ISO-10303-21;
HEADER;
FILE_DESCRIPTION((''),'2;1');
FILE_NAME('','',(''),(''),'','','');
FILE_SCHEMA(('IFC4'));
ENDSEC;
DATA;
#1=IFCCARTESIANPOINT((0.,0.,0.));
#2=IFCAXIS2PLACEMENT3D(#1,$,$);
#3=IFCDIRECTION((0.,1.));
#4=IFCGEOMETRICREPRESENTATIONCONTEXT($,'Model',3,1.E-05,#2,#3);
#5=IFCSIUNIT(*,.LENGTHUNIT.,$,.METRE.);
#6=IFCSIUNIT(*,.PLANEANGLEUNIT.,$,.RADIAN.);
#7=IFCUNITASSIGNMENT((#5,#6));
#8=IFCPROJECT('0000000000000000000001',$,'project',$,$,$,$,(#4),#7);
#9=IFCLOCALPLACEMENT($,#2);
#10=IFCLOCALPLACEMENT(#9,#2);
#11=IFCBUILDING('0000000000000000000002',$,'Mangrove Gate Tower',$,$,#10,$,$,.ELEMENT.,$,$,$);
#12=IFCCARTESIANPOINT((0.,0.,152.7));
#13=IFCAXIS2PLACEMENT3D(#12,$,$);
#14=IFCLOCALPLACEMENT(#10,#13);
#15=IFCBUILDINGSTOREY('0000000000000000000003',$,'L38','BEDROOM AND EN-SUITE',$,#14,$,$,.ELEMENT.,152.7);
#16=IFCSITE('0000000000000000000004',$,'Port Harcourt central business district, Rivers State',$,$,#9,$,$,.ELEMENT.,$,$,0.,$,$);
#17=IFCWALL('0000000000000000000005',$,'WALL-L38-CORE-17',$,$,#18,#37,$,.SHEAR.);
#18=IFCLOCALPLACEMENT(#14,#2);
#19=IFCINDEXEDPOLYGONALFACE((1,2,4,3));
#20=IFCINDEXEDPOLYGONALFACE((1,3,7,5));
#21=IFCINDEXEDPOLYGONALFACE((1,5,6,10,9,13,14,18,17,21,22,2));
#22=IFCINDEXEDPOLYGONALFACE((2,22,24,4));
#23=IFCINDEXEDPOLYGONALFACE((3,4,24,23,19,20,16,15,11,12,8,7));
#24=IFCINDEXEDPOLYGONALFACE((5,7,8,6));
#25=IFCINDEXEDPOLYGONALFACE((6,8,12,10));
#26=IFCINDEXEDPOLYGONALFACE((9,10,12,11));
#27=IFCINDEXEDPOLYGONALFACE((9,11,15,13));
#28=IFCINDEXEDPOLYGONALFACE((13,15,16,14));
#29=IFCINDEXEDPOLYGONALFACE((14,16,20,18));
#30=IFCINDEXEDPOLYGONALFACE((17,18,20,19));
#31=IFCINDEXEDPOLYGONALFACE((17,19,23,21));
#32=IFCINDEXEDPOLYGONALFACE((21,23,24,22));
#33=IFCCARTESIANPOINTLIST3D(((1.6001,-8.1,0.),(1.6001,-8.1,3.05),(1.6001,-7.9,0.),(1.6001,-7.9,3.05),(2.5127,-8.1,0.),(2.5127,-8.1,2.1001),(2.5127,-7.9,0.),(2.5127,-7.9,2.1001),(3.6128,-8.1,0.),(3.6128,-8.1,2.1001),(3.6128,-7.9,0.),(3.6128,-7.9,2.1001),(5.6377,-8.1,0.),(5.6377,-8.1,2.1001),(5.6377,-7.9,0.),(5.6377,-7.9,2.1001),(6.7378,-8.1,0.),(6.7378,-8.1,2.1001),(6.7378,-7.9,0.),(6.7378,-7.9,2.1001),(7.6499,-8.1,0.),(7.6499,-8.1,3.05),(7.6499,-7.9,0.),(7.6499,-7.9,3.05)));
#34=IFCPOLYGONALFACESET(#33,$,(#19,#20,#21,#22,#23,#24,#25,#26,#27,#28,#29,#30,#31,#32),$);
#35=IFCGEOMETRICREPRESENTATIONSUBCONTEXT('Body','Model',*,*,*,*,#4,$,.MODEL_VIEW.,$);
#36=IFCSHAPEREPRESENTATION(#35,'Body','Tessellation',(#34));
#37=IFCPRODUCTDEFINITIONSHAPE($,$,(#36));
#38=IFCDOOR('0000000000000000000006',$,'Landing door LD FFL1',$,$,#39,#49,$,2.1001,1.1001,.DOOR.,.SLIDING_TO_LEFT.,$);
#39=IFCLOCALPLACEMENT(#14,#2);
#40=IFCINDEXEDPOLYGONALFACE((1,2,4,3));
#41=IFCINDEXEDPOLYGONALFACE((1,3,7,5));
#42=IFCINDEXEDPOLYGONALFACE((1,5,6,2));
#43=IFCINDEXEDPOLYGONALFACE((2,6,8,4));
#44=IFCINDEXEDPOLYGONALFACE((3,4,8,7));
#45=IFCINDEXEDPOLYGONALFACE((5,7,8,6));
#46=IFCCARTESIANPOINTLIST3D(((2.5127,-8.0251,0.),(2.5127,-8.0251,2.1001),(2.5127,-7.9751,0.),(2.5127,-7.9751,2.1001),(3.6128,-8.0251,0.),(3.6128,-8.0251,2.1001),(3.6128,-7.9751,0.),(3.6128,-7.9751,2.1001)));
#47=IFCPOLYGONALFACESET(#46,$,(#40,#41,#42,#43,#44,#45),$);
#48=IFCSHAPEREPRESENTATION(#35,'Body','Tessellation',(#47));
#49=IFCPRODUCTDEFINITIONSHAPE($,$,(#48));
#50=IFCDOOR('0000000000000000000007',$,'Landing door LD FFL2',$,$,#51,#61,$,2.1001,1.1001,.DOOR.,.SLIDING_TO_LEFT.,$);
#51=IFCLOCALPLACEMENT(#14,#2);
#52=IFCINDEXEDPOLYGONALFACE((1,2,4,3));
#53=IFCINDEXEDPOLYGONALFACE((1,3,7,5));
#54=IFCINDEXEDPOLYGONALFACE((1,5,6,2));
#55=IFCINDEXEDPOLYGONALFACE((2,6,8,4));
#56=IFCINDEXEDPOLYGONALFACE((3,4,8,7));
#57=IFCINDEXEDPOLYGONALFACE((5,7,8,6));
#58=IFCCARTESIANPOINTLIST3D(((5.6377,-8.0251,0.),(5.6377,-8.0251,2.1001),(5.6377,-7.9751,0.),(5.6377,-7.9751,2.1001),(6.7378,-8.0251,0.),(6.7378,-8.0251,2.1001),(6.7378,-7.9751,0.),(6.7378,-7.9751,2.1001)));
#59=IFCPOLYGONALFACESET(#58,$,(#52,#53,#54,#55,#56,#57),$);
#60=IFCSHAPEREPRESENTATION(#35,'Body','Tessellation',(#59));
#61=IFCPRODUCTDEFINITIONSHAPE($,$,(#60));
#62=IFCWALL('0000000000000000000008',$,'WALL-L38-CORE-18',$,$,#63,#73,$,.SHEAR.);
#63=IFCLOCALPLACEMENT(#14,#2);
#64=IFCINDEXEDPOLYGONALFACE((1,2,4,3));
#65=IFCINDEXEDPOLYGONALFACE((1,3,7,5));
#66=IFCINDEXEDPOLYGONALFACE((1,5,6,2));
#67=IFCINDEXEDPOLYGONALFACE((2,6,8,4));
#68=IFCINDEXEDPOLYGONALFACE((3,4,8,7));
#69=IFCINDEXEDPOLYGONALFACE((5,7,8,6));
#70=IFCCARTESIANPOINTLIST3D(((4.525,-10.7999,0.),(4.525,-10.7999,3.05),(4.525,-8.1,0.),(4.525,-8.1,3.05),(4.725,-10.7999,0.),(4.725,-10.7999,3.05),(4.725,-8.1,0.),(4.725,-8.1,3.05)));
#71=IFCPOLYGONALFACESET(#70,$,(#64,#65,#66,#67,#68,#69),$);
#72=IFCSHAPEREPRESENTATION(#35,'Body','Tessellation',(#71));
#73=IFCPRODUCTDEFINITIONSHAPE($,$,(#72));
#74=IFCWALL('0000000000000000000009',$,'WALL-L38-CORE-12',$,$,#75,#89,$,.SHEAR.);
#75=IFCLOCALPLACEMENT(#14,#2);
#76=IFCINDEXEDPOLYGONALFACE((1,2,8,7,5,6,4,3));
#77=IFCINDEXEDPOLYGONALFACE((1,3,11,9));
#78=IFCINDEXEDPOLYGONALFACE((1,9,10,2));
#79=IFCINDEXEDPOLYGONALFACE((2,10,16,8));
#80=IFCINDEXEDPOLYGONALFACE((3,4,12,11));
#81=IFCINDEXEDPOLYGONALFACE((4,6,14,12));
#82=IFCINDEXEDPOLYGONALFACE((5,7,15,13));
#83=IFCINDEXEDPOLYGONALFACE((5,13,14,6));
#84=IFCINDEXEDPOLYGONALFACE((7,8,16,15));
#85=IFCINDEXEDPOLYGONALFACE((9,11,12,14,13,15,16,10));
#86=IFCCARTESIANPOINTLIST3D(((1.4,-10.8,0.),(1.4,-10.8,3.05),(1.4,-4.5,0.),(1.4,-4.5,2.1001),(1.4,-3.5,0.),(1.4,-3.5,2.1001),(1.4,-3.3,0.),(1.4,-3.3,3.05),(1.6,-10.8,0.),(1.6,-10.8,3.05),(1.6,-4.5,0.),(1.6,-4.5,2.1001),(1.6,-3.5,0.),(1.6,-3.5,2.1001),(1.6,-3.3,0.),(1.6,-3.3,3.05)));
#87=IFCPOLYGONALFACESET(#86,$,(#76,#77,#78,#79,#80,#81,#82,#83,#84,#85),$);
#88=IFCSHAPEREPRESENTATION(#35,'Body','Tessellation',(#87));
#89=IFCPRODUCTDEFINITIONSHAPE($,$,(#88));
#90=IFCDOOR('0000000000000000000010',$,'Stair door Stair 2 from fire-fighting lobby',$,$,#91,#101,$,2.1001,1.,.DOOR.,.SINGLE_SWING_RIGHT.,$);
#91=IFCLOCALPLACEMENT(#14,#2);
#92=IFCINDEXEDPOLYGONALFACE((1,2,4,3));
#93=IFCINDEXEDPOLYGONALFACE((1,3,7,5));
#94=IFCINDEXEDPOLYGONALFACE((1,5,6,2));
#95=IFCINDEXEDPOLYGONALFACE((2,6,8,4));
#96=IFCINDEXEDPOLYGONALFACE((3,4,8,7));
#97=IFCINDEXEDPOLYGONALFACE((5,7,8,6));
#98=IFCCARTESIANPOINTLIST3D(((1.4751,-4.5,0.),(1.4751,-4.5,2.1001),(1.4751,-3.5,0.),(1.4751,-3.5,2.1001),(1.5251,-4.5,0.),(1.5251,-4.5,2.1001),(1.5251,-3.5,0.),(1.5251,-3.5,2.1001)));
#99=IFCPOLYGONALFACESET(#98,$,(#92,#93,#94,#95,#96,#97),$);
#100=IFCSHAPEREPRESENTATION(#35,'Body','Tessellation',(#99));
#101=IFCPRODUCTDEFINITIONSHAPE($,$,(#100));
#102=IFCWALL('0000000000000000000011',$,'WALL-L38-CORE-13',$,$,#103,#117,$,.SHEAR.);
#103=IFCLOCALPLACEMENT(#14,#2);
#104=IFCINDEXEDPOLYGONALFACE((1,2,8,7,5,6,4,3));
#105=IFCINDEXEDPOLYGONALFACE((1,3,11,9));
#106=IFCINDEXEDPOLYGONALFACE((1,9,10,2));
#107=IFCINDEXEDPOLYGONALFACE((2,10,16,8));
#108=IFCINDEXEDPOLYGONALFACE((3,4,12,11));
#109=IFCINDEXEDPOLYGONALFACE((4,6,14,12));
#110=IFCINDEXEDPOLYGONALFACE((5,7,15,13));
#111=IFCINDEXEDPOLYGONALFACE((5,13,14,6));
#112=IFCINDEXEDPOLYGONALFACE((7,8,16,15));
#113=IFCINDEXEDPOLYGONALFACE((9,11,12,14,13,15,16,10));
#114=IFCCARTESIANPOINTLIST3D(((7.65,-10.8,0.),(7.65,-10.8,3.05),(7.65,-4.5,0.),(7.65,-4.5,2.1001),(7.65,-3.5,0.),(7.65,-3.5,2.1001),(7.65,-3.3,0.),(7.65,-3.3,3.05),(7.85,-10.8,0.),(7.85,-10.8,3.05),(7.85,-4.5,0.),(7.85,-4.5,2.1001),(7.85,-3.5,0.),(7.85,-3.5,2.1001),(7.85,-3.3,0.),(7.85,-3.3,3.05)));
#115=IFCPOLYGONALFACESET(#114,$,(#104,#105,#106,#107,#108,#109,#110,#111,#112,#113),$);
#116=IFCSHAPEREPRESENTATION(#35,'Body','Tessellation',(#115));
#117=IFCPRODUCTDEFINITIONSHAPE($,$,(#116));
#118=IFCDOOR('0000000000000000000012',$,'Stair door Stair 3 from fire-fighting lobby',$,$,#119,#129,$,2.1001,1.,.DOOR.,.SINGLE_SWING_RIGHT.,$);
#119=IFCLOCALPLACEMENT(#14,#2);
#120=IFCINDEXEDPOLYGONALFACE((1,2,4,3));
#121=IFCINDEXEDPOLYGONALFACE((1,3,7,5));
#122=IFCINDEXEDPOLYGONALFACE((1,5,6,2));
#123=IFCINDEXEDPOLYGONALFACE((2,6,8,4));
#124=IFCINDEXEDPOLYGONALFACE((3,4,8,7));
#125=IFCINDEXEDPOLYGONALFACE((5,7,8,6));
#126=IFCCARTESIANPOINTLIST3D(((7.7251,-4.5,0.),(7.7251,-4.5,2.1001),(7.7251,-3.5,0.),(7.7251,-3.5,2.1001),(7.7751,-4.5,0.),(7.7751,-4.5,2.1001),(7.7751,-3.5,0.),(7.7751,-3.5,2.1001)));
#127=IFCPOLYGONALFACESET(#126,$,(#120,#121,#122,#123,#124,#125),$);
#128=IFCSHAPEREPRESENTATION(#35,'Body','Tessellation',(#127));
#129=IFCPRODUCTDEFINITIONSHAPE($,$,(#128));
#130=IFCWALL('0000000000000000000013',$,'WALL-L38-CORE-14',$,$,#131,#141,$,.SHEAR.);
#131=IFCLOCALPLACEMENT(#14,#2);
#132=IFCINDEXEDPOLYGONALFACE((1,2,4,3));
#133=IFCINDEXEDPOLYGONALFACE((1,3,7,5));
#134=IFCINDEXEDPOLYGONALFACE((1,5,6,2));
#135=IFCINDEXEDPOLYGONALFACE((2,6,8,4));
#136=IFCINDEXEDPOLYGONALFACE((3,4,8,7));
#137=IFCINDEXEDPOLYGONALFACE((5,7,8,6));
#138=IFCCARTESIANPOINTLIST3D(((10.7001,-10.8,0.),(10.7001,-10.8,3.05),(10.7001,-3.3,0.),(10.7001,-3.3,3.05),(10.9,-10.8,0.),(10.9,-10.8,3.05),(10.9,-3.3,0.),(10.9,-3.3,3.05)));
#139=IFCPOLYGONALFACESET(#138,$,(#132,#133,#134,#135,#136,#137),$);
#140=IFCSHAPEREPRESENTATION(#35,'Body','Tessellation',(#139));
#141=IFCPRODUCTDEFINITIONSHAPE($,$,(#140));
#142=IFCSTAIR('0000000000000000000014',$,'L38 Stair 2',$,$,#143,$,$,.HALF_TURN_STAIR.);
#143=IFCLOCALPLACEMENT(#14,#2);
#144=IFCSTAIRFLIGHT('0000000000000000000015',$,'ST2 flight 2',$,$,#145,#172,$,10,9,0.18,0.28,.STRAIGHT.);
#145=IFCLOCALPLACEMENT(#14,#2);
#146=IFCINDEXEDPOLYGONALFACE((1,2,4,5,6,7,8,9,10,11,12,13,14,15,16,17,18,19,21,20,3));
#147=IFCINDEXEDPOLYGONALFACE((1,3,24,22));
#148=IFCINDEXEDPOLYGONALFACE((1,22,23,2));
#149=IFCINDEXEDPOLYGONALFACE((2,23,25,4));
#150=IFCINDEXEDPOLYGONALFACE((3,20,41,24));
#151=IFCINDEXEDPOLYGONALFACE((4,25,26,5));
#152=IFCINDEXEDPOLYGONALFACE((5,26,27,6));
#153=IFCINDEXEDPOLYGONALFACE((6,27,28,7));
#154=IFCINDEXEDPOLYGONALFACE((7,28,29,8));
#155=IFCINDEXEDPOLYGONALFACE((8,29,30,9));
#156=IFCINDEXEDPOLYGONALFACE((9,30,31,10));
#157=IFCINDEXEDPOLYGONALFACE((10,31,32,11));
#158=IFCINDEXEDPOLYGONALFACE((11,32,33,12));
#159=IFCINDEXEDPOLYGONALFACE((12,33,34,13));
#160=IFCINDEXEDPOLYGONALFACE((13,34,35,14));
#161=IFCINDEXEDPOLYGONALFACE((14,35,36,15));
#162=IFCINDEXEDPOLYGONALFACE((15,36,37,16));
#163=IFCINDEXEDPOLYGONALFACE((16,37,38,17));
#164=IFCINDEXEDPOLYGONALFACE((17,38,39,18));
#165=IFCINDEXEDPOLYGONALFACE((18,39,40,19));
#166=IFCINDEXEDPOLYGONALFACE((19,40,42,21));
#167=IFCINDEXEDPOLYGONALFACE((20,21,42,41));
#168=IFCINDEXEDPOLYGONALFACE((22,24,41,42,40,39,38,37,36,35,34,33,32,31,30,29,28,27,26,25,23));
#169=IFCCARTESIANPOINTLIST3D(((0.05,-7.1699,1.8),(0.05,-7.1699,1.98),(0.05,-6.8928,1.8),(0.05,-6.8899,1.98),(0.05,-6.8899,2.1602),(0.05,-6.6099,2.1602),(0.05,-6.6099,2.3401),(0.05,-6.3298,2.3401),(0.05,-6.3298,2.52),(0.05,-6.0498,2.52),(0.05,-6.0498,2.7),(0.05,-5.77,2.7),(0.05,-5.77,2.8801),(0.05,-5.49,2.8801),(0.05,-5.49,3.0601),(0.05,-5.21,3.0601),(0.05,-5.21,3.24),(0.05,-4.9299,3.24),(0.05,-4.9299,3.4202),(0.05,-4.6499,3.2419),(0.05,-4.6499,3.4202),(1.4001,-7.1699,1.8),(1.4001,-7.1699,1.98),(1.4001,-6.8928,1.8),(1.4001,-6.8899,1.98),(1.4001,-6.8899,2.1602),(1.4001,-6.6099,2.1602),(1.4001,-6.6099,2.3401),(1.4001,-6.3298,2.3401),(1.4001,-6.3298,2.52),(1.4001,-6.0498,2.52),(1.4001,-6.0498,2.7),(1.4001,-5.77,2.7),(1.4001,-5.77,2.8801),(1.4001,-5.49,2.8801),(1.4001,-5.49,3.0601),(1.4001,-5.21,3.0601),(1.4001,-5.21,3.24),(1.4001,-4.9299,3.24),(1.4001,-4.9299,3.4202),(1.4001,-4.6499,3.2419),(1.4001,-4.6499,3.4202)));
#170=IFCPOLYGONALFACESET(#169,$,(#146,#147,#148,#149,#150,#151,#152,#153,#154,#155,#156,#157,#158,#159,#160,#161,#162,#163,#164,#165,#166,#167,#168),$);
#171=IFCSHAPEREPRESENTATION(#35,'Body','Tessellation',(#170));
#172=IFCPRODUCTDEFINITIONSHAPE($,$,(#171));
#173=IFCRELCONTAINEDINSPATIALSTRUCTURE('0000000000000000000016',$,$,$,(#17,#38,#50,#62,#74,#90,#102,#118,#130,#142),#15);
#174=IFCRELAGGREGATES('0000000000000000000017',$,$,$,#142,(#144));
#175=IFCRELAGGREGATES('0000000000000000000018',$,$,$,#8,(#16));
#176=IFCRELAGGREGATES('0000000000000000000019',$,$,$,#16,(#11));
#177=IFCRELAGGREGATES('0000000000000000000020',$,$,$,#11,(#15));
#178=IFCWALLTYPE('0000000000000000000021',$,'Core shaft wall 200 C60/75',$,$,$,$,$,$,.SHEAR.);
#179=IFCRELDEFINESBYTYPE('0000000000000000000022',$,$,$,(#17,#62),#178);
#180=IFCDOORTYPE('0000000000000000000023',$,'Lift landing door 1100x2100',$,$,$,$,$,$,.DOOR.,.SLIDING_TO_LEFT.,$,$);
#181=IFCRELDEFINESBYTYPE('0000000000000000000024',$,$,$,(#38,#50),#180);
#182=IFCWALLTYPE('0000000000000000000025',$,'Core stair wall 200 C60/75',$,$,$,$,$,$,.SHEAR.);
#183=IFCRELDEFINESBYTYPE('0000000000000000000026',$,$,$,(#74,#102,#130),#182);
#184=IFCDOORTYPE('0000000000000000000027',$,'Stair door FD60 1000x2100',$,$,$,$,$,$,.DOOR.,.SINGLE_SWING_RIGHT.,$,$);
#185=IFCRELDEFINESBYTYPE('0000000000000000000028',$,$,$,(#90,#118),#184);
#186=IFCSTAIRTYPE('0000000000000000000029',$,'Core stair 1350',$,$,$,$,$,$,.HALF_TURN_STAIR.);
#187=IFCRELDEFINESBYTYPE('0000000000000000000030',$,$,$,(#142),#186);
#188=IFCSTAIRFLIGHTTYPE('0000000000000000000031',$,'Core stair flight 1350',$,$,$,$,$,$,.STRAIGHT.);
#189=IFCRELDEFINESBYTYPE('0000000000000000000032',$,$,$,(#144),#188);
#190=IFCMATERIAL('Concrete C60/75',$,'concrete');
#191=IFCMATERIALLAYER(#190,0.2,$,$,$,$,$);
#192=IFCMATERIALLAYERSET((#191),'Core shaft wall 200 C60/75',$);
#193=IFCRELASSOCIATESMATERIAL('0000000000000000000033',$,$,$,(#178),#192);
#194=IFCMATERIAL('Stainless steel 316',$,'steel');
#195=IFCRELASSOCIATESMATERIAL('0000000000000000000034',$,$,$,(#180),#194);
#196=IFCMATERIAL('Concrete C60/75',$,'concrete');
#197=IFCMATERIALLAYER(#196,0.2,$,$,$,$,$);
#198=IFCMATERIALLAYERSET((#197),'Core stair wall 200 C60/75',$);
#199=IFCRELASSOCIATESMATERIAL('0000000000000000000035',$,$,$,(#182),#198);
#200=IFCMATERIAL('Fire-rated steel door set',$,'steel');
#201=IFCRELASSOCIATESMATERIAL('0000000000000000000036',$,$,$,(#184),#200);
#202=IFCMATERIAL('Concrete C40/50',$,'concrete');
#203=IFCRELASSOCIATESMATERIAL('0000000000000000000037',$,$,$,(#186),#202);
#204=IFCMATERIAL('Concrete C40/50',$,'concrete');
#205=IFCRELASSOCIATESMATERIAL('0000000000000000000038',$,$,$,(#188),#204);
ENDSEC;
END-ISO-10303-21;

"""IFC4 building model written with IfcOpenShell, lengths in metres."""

from ifc_helpers import new_model, si_unit, direction, frame, frame_2d, origin, place, context, subcontext, project, spatial, polyline, rectangle, outline, extrude, material, layer, layer_set, type_object, element, fill, aggregate, save


model = new_model("IFC4")

# Units and contexts
model_context = context("Model", 3, precision=1e-05, world=origin(), true_north=direction((0.0, 1.0)))
body_context = subcontext(model_context, "Body", "Model", "MODEL_VIEW")
ifc_project = project(units=[si_unit("LENGTHUNIT", "METRE"), si_unit("PLANEANGLEUNIT", "RADIAN")], contexts=[model_context])

# Site, building, storey
site_placement = place(None, origin())
site = spatial("IfcSite", under=ifc_project, at=site_placement, Name="Port Harcourt central business district, Rivers State", CompositionType="ELEMENT", RefElevation=0.0)
building_placement = place(site_placement, origin())
building = spatial("IfcBuilding", under=site, at=building_placement, Name="Mangrove Gate Tower", CompositionType="ELEMENT")
storey_placement = place(building_placement, frame((0.0, 0.0, 152.7)))
storey = spatial("IfcBuildingStorey", under=building, at=storey_placement, Name="L38", Description="BEDROOM AND EN-SUITE", CompositionType="ELEMENT", Elevation=152.7)

# Wall, openings, doors
ifc_material_1 = material(Name="Concrete C60/75", Category="concrete")
ifc_layer_1 = layer(ifc_material_1, 0.2)
ifc_layer_set_1 = layer_set([ifc_layer_1], Name="Core shaft wall 200 C60/75")
wall_type_1 = type_object("IfcWallType", Name="Core shaft wall 200 C60/75", PredefinedType="SHEAR", material=ifc_layer_set_1)
wall_1_placement = place(storey_placement, frame((1.6001, -8.0, 0.0), z_axis=(0.0, 0.0, 1.0), x_axis=(1.0, 0.0, 0.0)))
wall_1 = element("IfcWall", 1, at=wall_1_placement, inside=storey, type_object=wall_type_1, Name="WALL-L38-CORE-17", PredefinedType="SHEAR", context=body_context, shape_type="SweptSolid", body=[
    extrude(rectangle(XDim=6.0498, YDim=0.2, at=frame_2d((3.0249, 0.0))), origin(), (0.0, 0.0, 1.0), 3.05),
])
opening_1_placement = place(wall_1_placement, frame((0.9126, 0.0, 0.0)))
opening_1 = element("IfcOpeningElement", 2, at=opening_1_placement, cuts=wall_1, PredefinedType="OPENING", context=body_context, shape_type="SweptSolid", body=[
    extrude(rectangle(XDim=1.1001, YDim=2.1001, at=frame_2d((0.55, 1.05))), frame((0.0, 0.1099, 0.0), z_axis=(0.0, -1.0, 0.0), x_axis=(1.0, 0.0, 0.0)), (0.0, 0.0, 1.0), 0.22),
])
opening_2_placement = place(wall_1_placement, frame((4.0376, 0.0, 0.0)))
opening_2 = element("IfcOpeningElement", 3, at=opening_2_placement, cuts=wall_1, PredefinedType="OPENING", context=body_context, shape_type="SweptSolid", body=[
    extrude(rectangle(XDim=1.1001, YDim=2.1001, at=frame_2d((0.55, 1.05))), frame((0.0, 0.1099, 0.0), z_axis=(0.0, -1.0, 0.0), x_axis=(1.0, 0.0, 0.0)), (0.0, 0.0, 1.0), 0.22),
])
ifc_material_2 = material(Name="Stainless steel 316", Category="steel")
door_type_1 = type_object("IfcDoorType", Name="Lift landing door 1100x2100", OperationType="SLIDING_TO_LEFT", PredefinedType="DOOR", material=ifc_material_2)
door_1_placement = place(opening_1_placement, origin())
door_1 = element("IfcDoor", 4, at=door_1_placement, inside=storey, type_object=door_type_1, Name="Landing door LD FFL1", OperationType="SLIDING_TO_LEFT", OverallHeight=2.1001, OverallWidth=1.1001, PredefinedType="DOOR", context=body_context, shape_type="SweptSolid", body=[
    extrude(rectangle(XDim=1.1001, YDim=2.1001, at=frame_2d((0.55, 1.05))), frame((0.0, 0.0249, 0.0), z_axis=(0.0, -1.0, 0.0), x_axis=(1.0, 0.0, 0.0)), (0.0, 0.0, 1.0), 0.05),
])
fill(opening_1, door_1)
door_2_placement = place(opening_2_placement, origin())
door_2 = element("IfcDoor", 5, at=door_2_placement, inside=storey, type_object=door_type_1, Name="Landing door LD FFL2", OperationType="SLIDING_TO_LEFT", OverallHeight=2.1001, OverallWidth=1.1001, PredefinedType="DOOR", context=body_context, shape_type="SweptSolid", body=[
    extrude(rectangle(XDim=1.1001, YDim=2.1001, at=frame_2d((0.55, 1.05))), frame((0.0, 0.0249, 0.0), z_axis=(0.0, -1.0, 0.0), x_axis=(1.0, 0.0, 0.0)), (0.0, 0.0, 1.0), 0.05),
])
fill(opening_2, door_2)

# Wall
wall_2_placement = place(storey_placement, frame((4.625, -10.8, 0.0), z_axis=(0.0, 0.0, 1.0), x_axis=(0.0, 1.0, 0.0)))
element("IfcWall", 6, at=wall_2_placement, inside=storey, type_object=wall_type_1, Name="WALL-L38-CORE-18", PredefinedType="SHEAR", context=body_context, shape_type="SweptSolid", body=[
    extrude(rectangle(XDim=2.7, YDim=0.2, at=frame_2d((1.3501, 0.0))), origin(), (0.0, 0.0, 1.0), 3.05),
])

# Walls, openings, doors
ifc_material_3 = material(Name="Concrete C60/75", Category="concrete")
ifc_layer_2 = layer(ifc_material_3, 0.2)
ifc_layer_set_2 = layer_set([ifc_layer_2], Name="Core stair wall 200 C60/75")
wall_type_2 = type_object("IfcWallType", Name="Core stair wall 200 C60/75", PredefinedType="SHEAR", material=ifc_layer_set_2)
wall_3_placement = place(storey_placement, frame((1.5, -10.8, 0.0), z_axis=(0.0, 0.0, 1.0), x_axis=(0.0, 1.0, 0.0)))
wall_3 = element("IfcWall", 7, at=wall_3_placement, inside=storey, type_object=wall_type_2, Name="WALL-L38-CORE-12", PredefinedType="SHEAR", context=body_context, shape_type="SweptSolid", body=[
    extrude(rectangle(XDim=7.5, YDim=0.2, at=frame_2d((3.75, 0.0))), origin(), (0.0, 0.0, 1.0), 3.05),
])
opening_3_placement = place(wall_3_placement, frame((6.3, 0.0, 0.0)))
opening_3 = element("IfcOpeningElement", 8, at=opening_3_placement, cuts=wall_3, PredefinedType="OPENING", context=body_context, shape_type="SweptSolid", body=[
    extrude(rectangle(XDim=1.0, YDim=2.1001, at=frame_2d((0.5, 1.05))), frame((0.0, 0.1099, 0.0), z_axis=(0.0, -1.0, 0.0), x_axis=(1.0, 0.0, 0.0)), (0.0, 0.0, 1.0), 0.22),
])
ifc_material_4 = material(Name="Fire-rated steel door set", Category="steel")
door_type_2 = type_object("IfcDoorType", Name="Stair door FD60 1000x2100", OperationType="SINGLE_SWING_RIGHT", PredefinedType="DOOR", material=ifc_material_4)
door_3_placement = place(opening_3_placement, origin())
door_3 = element("IfcDoor", 9, at=door_3_placement, inside=storey, type_object=door_type_2, Name="Stair door Stair 2 from fire-fighting lobby", OperationType="SINGLE_SWING_RIGHT", OverallHeight=2.1001, OverallWidth=1.0, PredefinedType="DOOR", context=body_context, shape_type="SweptSolid", body=[
    extrude(rectangle(XDim=1.0, YDim=2.1001, at=frame_2d((0.5, 1.05))), frame((0.0, 0.0249, 0.0), z_axis=(0.0, -1.0, 0.0), x_axis=(1.0, 0.0, 0.0)), (0.0, 0.0, 1.0), 0.05),
])
fill(opening_3, door_3)
wall_4_placement = place(storey_placement, frame((7.75, -10.8, 0.0), z_axis=(0.0, 0.0, 1.0), x_axis=(0.0, 1.0, 0.0)))
wall_4 = element("IfcWall", 10, at=wall_4_placement, inside=storey, type_object=wall_type_2, Name="WALL-L38-CORE-13", PredefinedType="SHEAR", context=body_context, shape_type="SweptSolid", body=[
    extrude(rectangle(XDim=7.5, YDim=0.2, at=frame_2d((3.75, 0.0))), origin(), (0.0, 0.0, 1.0), 3.05),
])
opening_4_placement = place(wall_4_placement, frame((6.3, 0.0, 0.0)))
opening_4 = element("IfcOpeningElement", 11, at=opening_4_placement, cuts=wall_4, PredefinedType="OPENING", context=body_context, shape_type="SweptSolid", body=[
    extrude(rectangle(XDim=1.0, YDim=2.1001, at=frame_2d((0.5, 1.05))), frame((0.0, 0.1099, 0.0), z_axis=(0.0, -1.0, 0.0), x_axis=(1.0, 0.0, 0.0)), (0.0, 0.0, 1.0), 0.22),
])
door_4_placement = place(opening_4_placement, origin())
door_4 = element("IfcDoor", 12, at=door_4_placement, inside=storey, type_object=door_type_2, Name="Stair door Stair 3 from fire-fighting lobby", OperationType="SINGLE_SWING_RIGHT", OverallHeight=2.1001, OverallWidth=1.0, PredefinedType="DOOR", context=body_context, shape_type="SweptSolid", body=[
    extrude(rectangle(XDim=1.0, YDim=2.1001, at=frame_2d((0.5, 1.05))), frame((0.0, 0.0249, 0.0), z_axis=(0.0, -1.0, 0.0), x_axis=(1.0, 0.0, 0.0)), (0.0, 0.0, 1.0), 0.05),
])
fill(opening_4, door_4)

# Wall
wall_5_placement = place(storey_placement, frame((10.8, -10.8, 0.0), z_axis=(0.0, 0.0, 1.0), x_axis=(0.0, 1.0, 0.0)))
element("IfcWall", 13, at=wall_5_placement, inside=storey, type_object=wall_type_2, Name="WALL-L38-CORE-14", PredefinedType="SHEAR", context=body_context, shape_type="SweptSolid", body=[
    extrude(rectangle(XDim=7.5, YDim=0.2, at=frame_2d((3.75, 0.0))), origin(), (0.0, 0.0, 1.0), 3.05),
])

# Stair, stair flight
ifc_material_5 = material(Name="Concrete C40/50", Category="concrete")
stair_type = type_object("IfcStairType", Name="Core stair 1350", PredefinedType="HALF_TURN_STAIR", material=ifc_material_5)
stair_1_placement = place(storey_placement, origin())
stair_1 = element("IfcStair", 14, at=stair_1_placement, inside=storey, type_object=stair_type, Name="L38 Stair 2", PredefinedType="HALF_TURN_STAIR")
ifc_material_6 = material(Name="Concrete C40/50", Category="concrete")
stair_flight_type = type_object("IfcStairFlightType", Name="Core stair flight 1350", PredefinedType="STRAIGHT", material=ifc_material_6)
stair_flight_1_placement = place(storey_placement, frame((0.7251, -7.1699, 1.8), z_axis=(0.0, 0.0, 1.0), x_axis=(0.0, 1.0, 0.0)))
stair_flight_1 = element("IfcStairFlight", 15, at=stair_flight_1_placement, type_object=stair_flight_type, Name="ST2 flight 2", NumberOfRisers=10, NumberOfTreads=9, PredefinedType="STRAIGHT", RiserHeight=0.18, TreadLength=0.28, context=body_context, shape_type="SweptSolid", body=[
    extrude(outline(polyline([(0.0, 0.0), (0.0, 0.1799), (0.28, 0.1799), (0.28, 0.3601), (0.5601, 0.3601), (0.5601, 0.54), (0.8401, 0.54), (0.8401, 0.72), (1.1201, 0.72), (1.1201, 0.8999), (1.3999, 0.8999), (1.3999, 1.0801), (1.6799, 1.0801), (1.6799, 1.26), (1.96, 1.26), (1.96, 1.4399), (2.24, 1.4399), (2.24, 1.6201), (2.52, 1.6201), (2.52, 1.8), (2.52, 1.4419), (0.2771, 0.0), (0.0, 0.0)])), frame((0.0, 0.675, 0.0), z_axis=(0.0, -1.0, 0.0), x_axis=(1.0, 0.0, 0.0)), (0.0, 0.0, 1.0), 1.3501),
])
aggregate(stair_1, [stair_flight_1])

save(model, "model.ifc")
